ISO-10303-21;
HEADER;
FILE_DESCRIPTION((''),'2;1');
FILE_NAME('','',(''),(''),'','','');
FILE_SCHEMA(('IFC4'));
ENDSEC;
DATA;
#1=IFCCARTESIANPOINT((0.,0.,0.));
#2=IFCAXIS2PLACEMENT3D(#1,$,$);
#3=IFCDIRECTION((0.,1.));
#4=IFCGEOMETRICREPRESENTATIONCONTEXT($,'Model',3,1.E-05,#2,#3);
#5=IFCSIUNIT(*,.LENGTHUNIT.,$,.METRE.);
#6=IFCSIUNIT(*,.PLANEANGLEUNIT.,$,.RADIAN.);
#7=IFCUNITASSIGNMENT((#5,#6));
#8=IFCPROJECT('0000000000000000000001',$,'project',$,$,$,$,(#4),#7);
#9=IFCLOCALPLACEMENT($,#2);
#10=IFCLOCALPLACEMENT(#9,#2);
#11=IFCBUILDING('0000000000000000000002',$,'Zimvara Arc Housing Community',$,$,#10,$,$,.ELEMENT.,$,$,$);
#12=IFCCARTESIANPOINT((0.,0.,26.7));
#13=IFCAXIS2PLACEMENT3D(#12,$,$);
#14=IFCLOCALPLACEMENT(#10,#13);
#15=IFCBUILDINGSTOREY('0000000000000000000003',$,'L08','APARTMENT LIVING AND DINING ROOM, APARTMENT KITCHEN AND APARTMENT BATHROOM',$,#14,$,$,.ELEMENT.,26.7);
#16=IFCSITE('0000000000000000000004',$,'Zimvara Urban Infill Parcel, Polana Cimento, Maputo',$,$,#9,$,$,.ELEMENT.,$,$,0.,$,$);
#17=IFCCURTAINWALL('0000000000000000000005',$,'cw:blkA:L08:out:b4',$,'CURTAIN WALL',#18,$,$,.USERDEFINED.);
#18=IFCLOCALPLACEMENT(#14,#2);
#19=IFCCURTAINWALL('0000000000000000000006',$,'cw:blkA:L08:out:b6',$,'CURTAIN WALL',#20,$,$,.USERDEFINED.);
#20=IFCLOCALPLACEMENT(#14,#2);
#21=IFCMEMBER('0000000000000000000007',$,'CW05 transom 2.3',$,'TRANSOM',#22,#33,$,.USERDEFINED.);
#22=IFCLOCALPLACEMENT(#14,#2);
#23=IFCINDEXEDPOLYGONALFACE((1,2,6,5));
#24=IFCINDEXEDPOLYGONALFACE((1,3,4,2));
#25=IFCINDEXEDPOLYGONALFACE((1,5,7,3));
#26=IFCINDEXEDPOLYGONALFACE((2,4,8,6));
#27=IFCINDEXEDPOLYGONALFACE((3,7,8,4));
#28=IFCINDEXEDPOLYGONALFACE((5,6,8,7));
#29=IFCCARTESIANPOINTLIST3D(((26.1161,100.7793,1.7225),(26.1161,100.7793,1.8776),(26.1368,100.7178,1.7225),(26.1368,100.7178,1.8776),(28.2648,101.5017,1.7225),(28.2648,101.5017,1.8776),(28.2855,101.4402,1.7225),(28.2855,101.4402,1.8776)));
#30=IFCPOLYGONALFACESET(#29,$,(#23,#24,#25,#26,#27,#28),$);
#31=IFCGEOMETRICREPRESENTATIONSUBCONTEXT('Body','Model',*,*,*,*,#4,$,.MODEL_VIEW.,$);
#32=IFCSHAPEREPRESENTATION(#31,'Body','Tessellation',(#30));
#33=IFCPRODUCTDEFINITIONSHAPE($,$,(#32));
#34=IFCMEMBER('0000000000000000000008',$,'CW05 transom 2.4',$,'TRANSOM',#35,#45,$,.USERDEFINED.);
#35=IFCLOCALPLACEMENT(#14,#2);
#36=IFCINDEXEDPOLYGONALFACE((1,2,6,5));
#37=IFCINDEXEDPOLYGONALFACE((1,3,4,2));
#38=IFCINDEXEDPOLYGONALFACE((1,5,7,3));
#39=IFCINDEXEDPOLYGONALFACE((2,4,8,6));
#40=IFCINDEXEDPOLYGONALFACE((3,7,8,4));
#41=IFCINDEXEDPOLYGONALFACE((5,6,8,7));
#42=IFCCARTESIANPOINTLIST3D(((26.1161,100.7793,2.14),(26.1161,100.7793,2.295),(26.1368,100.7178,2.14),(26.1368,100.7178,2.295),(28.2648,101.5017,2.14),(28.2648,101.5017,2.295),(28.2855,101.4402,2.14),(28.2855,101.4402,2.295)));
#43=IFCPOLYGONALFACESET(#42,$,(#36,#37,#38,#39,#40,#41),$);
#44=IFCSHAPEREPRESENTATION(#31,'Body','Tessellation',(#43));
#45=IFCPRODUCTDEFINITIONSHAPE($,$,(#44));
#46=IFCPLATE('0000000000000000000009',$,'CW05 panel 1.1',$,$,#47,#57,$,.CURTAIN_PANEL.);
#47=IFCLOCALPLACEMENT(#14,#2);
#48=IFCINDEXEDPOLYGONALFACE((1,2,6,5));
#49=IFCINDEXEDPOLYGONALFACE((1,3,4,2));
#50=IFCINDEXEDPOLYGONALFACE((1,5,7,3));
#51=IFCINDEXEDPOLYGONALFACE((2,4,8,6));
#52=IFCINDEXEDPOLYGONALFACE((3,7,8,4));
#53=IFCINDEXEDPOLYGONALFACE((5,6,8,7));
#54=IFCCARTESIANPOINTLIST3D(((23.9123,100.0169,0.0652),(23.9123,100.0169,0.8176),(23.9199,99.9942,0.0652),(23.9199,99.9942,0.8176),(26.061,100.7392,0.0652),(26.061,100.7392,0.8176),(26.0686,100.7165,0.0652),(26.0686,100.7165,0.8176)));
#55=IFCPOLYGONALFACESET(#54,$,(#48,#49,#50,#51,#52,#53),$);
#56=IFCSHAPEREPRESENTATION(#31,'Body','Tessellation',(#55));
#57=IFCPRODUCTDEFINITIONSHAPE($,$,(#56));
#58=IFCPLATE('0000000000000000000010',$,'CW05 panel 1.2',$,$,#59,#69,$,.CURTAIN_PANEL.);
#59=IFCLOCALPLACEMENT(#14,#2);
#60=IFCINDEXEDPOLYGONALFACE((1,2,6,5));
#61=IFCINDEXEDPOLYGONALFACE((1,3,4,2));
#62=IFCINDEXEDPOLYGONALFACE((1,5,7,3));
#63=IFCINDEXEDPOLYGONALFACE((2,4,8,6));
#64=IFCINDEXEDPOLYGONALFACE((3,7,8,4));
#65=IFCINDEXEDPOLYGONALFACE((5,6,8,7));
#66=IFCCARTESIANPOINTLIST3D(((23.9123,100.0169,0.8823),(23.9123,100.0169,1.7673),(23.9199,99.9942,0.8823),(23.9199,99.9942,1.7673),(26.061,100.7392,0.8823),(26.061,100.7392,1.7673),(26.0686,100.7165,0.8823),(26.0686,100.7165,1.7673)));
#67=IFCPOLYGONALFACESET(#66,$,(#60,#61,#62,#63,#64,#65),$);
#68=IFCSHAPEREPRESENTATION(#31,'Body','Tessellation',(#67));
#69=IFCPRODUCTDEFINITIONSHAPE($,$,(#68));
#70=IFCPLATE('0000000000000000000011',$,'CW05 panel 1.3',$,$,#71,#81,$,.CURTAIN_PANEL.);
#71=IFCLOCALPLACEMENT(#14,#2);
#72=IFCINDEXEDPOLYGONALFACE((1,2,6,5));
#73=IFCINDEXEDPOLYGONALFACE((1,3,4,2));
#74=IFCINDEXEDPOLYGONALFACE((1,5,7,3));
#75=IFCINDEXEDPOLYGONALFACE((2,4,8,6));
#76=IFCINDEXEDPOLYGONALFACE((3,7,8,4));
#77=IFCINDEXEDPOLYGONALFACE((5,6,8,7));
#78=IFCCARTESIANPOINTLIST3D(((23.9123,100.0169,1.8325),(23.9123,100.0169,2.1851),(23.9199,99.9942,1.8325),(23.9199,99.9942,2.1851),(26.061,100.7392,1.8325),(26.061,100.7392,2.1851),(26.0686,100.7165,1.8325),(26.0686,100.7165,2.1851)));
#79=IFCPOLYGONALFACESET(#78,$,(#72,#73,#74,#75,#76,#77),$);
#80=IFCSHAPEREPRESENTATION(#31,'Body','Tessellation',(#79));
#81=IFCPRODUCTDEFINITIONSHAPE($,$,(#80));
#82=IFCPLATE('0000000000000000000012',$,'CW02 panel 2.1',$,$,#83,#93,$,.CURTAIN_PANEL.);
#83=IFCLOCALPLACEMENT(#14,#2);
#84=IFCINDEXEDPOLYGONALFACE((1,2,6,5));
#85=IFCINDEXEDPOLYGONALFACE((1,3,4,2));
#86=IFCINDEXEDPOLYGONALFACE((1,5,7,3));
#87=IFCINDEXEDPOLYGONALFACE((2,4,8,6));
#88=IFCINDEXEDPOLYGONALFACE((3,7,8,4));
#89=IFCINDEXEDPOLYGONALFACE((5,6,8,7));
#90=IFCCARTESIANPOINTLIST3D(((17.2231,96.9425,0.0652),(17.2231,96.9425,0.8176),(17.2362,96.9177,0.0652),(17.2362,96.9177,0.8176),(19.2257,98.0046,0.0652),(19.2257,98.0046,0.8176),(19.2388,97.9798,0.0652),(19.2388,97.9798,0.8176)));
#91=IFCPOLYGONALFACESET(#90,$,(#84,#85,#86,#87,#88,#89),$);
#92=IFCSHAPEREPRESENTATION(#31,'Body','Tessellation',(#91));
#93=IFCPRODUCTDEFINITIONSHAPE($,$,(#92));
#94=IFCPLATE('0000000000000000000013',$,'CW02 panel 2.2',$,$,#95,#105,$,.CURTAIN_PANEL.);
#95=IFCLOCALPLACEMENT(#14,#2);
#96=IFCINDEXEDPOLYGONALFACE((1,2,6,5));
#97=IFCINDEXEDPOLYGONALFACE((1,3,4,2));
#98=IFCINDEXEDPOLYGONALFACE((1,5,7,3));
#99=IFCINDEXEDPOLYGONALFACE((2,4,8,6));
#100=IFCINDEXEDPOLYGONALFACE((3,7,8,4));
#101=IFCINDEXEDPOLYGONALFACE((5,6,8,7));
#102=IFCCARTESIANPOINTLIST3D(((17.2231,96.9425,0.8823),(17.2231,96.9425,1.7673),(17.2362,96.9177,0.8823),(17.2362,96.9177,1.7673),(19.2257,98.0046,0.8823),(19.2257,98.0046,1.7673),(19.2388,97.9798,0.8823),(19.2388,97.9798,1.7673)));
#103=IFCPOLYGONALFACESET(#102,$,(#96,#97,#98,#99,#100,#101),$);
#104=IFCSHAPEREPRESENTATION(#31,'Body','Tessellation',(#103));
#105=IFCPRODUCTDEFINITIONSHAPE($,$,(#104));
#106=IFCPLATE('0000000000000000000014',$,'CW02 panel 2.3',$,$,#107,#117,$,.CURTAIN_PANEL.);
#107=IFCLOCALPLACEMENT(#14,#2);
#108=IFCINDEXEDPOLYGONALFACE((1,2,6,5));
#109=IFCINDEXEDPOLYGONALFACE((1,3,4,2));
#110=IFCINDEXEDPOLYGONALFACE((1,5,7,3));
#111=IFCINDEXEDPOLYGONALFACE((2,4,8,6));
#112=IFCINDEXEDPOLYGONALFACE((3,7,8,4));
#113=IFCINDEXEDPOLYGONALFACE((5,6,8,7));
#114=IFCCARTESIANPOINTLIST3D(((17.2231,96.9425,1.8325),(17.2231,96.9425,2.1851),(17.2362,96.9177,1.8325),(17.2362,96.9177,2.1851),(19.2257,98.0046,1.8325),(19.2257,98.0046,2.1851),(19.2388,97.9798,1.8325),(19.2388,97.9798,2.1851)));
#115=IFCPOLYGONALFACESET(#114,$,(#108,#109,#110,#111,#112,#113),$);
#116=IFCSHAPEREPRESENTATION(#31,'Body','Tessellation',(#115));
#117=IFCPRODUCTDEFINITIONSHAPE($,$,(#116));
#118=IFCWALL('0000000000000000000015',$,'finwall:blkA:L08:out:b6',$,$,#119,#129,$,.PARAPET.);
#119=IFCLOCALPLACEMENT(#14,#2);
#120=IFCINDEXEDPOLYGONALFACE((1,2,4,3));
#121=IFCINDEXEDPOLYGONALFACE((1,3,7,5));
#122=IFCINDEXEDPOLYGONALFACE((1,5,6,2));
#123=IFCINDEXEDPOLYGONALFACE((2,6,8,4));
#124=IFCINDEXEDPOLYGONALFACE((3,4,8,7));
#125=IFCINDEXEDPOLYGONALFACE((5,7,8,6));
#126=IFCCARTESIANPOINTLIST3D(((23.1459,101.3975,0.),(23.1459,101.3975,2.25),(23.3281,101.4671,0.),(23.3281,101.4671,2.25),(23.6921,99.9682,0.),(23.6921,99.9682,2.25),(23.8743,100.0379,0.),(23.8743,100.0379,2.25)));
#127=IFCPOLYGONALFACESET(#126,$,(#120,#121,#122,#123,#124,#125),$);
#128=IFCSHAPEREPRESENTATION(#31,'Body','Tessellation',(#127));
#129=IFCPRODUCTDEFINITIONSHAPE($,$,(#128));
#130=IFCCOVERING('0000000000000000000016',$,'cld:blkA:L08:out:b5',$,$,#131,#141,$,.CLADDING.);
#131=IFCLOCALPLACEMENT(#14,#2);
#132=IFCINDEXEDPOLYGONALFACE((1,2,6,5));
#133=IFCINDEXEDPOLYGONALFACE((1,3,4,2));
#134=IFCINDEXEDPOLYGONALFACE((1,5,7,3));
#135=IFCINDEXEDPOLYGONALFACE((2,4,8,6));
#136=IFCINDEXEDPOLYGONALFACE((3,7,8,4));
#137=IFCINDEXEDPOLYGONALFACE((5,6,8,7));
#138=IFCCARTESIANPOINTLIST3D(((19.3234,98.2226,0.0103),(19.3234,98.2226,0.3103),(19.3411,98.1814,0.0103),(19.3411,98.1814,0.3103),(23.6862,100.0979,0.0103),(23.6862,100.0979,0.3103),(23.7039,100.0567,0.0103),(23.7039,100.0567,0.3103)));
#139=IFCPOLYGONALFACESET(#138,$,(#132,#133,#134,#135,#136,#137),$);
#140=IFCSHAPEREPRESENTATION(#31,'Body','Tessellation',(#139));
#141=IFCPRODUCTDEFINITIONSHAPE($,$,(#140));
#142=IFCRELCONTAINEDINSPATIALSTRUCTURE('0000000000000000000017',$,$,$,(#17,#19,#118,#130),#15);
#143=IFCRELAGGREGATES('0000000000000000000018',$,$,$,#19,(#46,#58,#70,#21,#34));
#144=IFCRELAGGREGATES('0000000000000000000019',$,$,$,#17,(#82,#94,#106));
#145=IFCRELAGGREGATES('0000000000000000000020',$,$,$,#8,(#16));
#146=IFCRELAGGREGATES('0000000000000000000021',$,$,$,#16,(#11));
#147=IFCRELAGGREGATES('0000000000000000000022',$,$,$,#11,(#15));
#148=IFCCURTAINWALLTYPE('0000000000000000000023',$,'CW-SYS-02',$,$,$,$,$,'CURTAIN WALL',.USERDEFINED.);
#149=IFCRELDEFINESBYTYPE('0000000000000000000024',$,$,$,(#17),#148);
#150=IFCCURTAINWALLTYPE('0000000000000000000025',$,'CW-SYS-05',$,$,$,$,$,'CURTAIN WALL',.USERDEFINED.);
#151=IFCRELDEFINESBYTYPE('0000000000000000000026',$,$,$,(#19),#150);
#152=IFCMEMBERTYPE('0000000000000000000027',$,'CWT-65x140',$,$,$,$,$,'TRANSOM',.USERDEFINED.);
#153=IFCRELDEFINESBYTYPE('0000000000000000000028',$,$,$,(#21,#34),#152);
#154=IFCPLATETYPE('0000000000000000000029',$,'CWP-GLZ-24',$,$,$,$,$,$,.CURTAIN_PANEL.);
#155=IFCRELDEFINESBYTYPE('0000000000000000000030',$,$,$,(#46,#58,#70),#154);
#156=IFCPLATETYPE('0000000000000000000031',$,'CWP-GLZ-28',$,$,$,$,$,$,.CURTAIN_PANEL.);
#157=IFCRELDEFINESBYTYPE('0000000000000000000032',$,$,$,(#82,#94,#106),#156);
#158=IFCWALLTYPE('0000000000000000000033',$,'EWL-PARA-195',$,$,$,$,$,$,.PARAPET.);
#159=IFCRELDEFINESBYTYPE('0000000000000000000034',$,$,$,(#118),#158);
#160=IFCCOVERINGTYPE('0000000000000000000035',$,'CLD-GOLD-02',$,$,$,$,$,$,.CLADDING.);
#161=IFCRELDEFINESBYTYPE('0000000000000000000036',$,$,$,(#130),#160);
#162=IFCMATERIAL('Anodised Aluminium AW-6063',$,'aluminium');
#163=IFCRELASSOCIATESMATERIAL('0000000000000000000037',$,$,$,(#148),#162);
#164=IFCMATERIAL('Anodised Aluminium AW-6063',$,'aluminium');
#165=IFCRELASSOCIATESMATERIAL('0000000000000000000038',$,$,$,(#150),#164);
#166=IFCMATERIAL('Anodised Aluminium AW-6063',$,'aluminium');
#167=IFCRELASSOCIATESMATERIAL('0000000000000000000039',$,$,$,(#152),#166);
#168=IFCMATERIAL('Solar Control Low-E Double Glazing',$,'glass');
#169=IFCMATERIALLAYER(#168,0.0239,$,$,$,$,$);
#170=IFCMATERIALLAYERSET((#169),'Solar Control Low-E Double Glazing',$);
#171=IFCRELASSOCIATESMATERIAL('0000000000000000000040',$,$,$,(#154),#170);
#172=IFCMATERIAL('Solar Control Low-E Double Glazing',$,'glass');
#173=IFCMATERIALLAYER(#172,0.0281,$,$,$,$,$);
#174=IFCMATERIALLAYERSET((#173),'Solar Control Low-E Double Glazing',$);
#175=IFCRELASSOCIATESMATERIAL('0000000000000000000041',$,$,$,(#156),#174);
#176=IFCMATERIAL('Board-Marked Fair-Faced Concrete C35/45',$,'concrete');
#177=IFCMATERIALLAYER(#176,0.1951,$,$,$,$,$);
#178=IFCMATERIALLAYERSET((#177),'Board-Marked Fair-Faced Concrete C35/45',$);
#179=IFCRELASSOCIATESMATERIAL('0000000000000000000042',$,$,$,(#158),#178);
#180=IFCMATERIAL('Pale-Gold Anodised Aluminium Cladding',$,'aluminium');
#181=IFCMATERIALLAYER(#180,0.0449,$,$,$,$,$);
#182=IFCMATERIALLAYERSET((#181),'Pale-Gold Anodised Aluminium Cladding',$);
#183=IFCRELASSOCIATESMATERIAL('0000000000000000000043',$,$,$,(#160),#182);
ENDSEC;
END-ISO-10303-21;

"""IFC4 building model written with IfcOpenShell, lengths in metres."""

from ifc_helpers import new_model, si_unit, direction, frame, frame_2d, origin, origin_2d, place, context, subcontext, project, spatial, rectangle, extrude, material, layer, layer_set, material_profile, profile_set, type_object, element, aggregate, save


model = new_model("IFC4")

# Units and contexts
model_context = context("Model", 3, precision=1e-05, world=origin(), true_north=direction((0.0, 1.0)))
body_context = subcontext(model_context, "Body", "Model", "MODEL_VIEW")
ifc_project = project(units=[si_unit("LENGTHUNIT", "METRE"), si_unit("PLANEANGLEUNIT", "RADIAN")], contexts=[model_context])

# Site, building, storey
site_placement = place(None, origin())
site = spatial("IfcSite", under=ifc_project, at=site_placement, Name="Zimvara Urban Infill Parcel, Polana Cimento, Maputo", CompositionType="ELEMENT", RefElevation=0.0)
building_placement = place(site_placement, origin())
building = spatial("IfcBuilding", under=site, at=building_placement, Name="Zimvara Arc Housing Community", CompositionType="ELEMENT")
storey_placement = place(building_placement, frame((0.0, 0.0, 26.7)))
storey = spatial("IfcBuildingStorey", under=building, at=storey_placement, Name="L08", Description="APARTMENT LIVING AND DINING ROOM, APARTMENT KITCHEN AND APARTMENT BATHROOM", CompositionType="ELEMENT", Elevation=26.7)

# Curtain wall
ifc_material_1 = material(Name="Anodised Aluminium AW-6063", Category="aluminium")
curtain_wall_type_1 = type_object("IfcCurtainWallType", Name="CW-SYS-02", ElementType="CURTAIN WALL", PredefinedType="USERDEFINED", material=ifc_material_1)
curtain_wall_1_placement = place(storey_placement, origin())
curtain_wall_1 = element("IfcCurtainWall", 1, at=curtain_wall_1_placement, inside=storey, type_object=curtain_wall_type_1, Name="cw:blkA:L08:out:b4", ObjectType="CURTAIN WALL", PredefinedType="USERDEFINED")

# Curtain wall, members, plates
ifc_material_2 = material(Name="Anodised Aluminium AW-6063", Category="aluminium")
curtain_wall_type_2 = type_object("IfcCurtainWallType", Name="CW-SYS-05", ElementType="CURTAIN WALL", PredefinedType="USERDEFINED", material=ifc_material_2)
curtain_wall_2_placement = place(storey_placement, origin())
curtain_wall_2 = element("IfcCurtainWall", 2, at=curtain_wall_2_placement, inside=storey, type_object=curtain_wall_type_2, Name="cw:blkA:L08:out:b6", ObjectType="CURTAIN WALL", PredefinedType="USERDEFINED")
ifc_material_3 = material(Name="Anodised Aluminium AW-6063", Category="aluminium")
ifc_material_profile_1 = material_profile(ifc_material_3, rectangle(XDim=0.0649, YDim=0.155, at=origin_2d()), Name="ALU 65x155")
ifc_profile_set_1 = profile_set([ifc_material_profile_1], Name="Anodised Aluminium AW-6063")
member_type_1 = type_object("IfcMemberType", Name="CWT-65x140", ElementType="TRANSOM", PredefinedType="USERDEFINED", material=ifc_profile_set_1)
member_1_placement = place(storey_placement, frame((26.1265, 100.7485, 1.8), z_axis=(0.947862, 0.318682, 0.0), x_axis=(-0.318682, 0.947862, 0.0)))
member_1 = element("IfcMember", 3, at=member_1_placement, type_object=member_type_1, Name="CW05 transom 2.3", ObjectType="TRANSOM", PredefinedType="USERDEFINED", context=body_context, shape_type="SweptSolid", body=[
    extrude(rectangle(XDim=0.0649, YDim=0.155, at=origin_2d()), origin(), (0.0, 0.0, 1.0), 2.2668),
])
member_2_placement = place(storey_placement, frame((26.1265, 100.7485, 2.2175), z_axis=(0.947862, 0.318682, 0.0), x_axis=(-0.318682, 0.947862, 0.0)))
member_2 = element("IfcMember", 4, at=member_2_placement, type_object=member_type_1, Name="CW05 transom 2.4", ObjectType="TRANSOM", PredefinedType="USERDEFINED", context=body_context, shape_type="SweptSolid", body=[
    extrude(rectangle(XDim=0.0649, YDim=0.155, at=origin_2d()), origin(), (0.0, 0.0, 1.0), 2.2668),
])
ifc_material_4 = material(Name="Solar Control Low-E Double Glazing", Category="glass")
ifc_layer_1 = layer(ifc_material_4, 0.0239)
ifc_layer_set_1 = layer_set([ifc_layer_1], Name="Solar Control Low-E Double Glazing")
plate_type_1 = type_object("IfcPlateType", Name="CWP-GLZ-24", PredefinedType="CURTAIN_PANEL", material=ifc_layer_set_1)
plate_1_placement = place(storey_placement, frame((24.9905, 100.3667, 0.0652), z_axis=(0.0, 0.0, 1.0), x_axis=(0.94788, 0.318629, 0.0)))
plate_1 = element("IfcPlate", 5, at=plate_1_placement, type_object=plate_type_1, Name="CW05 panel 1.1", PredefinedType="CURTAIN_PANEL", context=body_context, shape_type="SweptSolid", body=[
    extrude(rectangle(XDim=2.2668, YDim=0.0239, at=origin_2d()), origin(), (0.0, 0.0, 1.0), 0.7524),
])
plate_2_placement = place(storey_placement, frame((24.9905, 100.3667, 0.8823), z_axis=(0.0, 0.0, 1.0), x_axis=(0.94788, 0.318629, 0.0)))
plate_2 = element("IfcPlate", 6, at=plate_2_placement, type_object=plate_type_1, Name="CW05 panel 1.2", PredefinedType="CURTAIN_PANEL", context=body_context, shape_type="SweptSolid", body=[
    extrude(rectangle(XDim=2.2668, YDim=0.0239, at=origin_2d()), origin(), (0.0, 0.0, 1.0), 0.885),
])
plate_3_placement = place(storey_placement, frame((24.9905, 100.3667, 1.8325), z_axis=(0.0, 0.0, 1.0), x_axis=(0.94788, 0.318629, 0.0)))
plate_3 = element("IfcPlate", 7, at=plate_3_placement, type_object=plate_type_1, Name="CW05 panel 1.3", PredefinedType="CURTAIN_PANEL", context=body_context, shape_type="SweptSolid", body=[
    extrude(rectangle(XDim=2.2668, YDim=0.0239, at=origin_2d()), origin(), (0.0, 0.0, 1.0), 0.3525),
])
aggregate(curtain_wall_2, [plate_1, plate_2, plate_3, member_1, member_2])

# Plates
ifc_material_5 = material(Name="Solar Control Low-E Double Glazing", Category="glass")
ifc_layer_2 = layer(ifc_material_5, 0.0281)
ifc_layer_set_2 = layer_set([ifc_layer_2], Name="Solar Control Low-E Double Glazing")
plate_type_2 = type_object("IfcPlateType", Name="CWP-GLZ-28", PredefinedType="CURTAIN_PANEL", material=ifc_layer_set_2)
plate_4_placement = place(storey_placement, frame((18.231, 97.4612, 0.0652), z_axis=(0.0, 0.0, 1.0), x_axis=(0.883439, 0.468547, 0.0)))
plate_4 = element("IfcPlate", 8, at=plate_4_placement, type_object=plate_type_2, Name="CW02 panel 2.1", PredefinedType="CURTAIN_PANEL", context=body_context, shape_type="SweptSolid", body=[
    extrude(rectangle(XDim=2.2668, YDim=0.0281, at=origin_2d()), origin(), (0.0, 0.0, 1.0), 0.7524),
])
plate_5_placement = place(storey_placement, frame((18.231, 97.4612, 0.8823), z_axis=(0.0, 0.0, 1.0), x_axis=(0.883439, 0.468547, 0.0)))
plate_5 = element("IfcPlate", 9, at=plate_5_placement, type_object=plate_type_2, Name="CW02 panel 2.2", PredefinedType="CURTAIN_PANEL", context=body_context, shape_type="SweptSolid", body=[
    extrude(rectangle(XDim=2.2668, YDim=0.0281, at=origin_2d()), origin(), (0.0, 0.0, 1.0), 0.885),
])
plate_6_placement = place(storey_placement, frame((18.231, 97.4612, 1.8325), z_axis=(0.0, 0.0, 1.0), x_axis=(0.883439, 0.468547, 0.0)))
plate_6 = element("IfcPlate", 10, at=plate_6_placement, type_object=plate_type_2, Name="CW02 panel 2.3", PredefinedType="CURTAIN_PANEL", context=body_context, shape_type="SweptSolid", body=[
    extrude(rectangle(XDim=2.2668, YDim=0.0281, at=origin_2d()), origin(), (0.0, 0.0, 1.0), 0.3525),
])
aggregate(curtain_wall_1, [plate_4, plate_5, plate_6])

# Wall
ifc_material_6 = material(Name="Board-Marked Fair-Faced Concrete C35/45", Category="concrete")
ifc_layer_3 = layer(ifc_material_6, 0.1951)
ifc_layer_set_3 = layer_set([ifc_layer_3], Name="Board-Marked Fair-Faced Concrete C35/45")
wall_type_1 = type_object("IfcWallType", Name="EWL-PARA-195", PredefinedType="PARAPET", material=ifc_layer_set_3)
wall_1_placement = place(storey_placement, frame((23.7832, 100.0029, 0.0), z_axis=(0.0, 0.0, 1.0), x_axis=(-0.356957, 0.934121, 0.0)))
element("IfcWall", 11, at=wall_1_placement, inside=storey, type_object=wall_type_1, Name="finwall:blkA:L08:out:b6", PredefinedType="PARAPET", context=body_context, shape_type="SweptSolid", body=[
    extrude(rectangle(XDim=1.53, YDim=0.1951, at=frame_2d((0.7651, 0.0))), origin(), (0.0, 0.0, 1.0), 2.25),
])

# Covering
ifc_material_7 = material(Name="Pale-Gold Anodised Aluminium Cladding", Category="aluminium")
ifc_layer_4 = layer(ifc_material_7, 0.0449)
ifc_layer_set_4 = layer_set([ifc_layer_4], Name="Pale-Gold Anodised Aluminium Cladding")
covering_type = type_object("IfcCoveringType", Name="CLD-GOLD-02", PredefinedType="CLADDING", material=ifc_layer_set_4)
covering_placement = place(storey_placement, frame((21.5137, 99.1396, 0.0103), z_axis=(0.0, 0.0, 1.0), x_axis=(0.918722, 0.394906, 0.0)))
element("IfcCovering", 12, at=covering_placement, inside=storey, type_object=covering_type, Name="cld:blkA:L08:out:b5", PredefinedType="CLADDING", context=body_context, shape_type="SweptSolid", body=[
    extrude(rectangle(XDim=4.7488, YDim=0.0449, at=origin_2d()), origin(), (0.0, 0.0, 1.0), 0.3),
])

save(model, "model.ifc")
